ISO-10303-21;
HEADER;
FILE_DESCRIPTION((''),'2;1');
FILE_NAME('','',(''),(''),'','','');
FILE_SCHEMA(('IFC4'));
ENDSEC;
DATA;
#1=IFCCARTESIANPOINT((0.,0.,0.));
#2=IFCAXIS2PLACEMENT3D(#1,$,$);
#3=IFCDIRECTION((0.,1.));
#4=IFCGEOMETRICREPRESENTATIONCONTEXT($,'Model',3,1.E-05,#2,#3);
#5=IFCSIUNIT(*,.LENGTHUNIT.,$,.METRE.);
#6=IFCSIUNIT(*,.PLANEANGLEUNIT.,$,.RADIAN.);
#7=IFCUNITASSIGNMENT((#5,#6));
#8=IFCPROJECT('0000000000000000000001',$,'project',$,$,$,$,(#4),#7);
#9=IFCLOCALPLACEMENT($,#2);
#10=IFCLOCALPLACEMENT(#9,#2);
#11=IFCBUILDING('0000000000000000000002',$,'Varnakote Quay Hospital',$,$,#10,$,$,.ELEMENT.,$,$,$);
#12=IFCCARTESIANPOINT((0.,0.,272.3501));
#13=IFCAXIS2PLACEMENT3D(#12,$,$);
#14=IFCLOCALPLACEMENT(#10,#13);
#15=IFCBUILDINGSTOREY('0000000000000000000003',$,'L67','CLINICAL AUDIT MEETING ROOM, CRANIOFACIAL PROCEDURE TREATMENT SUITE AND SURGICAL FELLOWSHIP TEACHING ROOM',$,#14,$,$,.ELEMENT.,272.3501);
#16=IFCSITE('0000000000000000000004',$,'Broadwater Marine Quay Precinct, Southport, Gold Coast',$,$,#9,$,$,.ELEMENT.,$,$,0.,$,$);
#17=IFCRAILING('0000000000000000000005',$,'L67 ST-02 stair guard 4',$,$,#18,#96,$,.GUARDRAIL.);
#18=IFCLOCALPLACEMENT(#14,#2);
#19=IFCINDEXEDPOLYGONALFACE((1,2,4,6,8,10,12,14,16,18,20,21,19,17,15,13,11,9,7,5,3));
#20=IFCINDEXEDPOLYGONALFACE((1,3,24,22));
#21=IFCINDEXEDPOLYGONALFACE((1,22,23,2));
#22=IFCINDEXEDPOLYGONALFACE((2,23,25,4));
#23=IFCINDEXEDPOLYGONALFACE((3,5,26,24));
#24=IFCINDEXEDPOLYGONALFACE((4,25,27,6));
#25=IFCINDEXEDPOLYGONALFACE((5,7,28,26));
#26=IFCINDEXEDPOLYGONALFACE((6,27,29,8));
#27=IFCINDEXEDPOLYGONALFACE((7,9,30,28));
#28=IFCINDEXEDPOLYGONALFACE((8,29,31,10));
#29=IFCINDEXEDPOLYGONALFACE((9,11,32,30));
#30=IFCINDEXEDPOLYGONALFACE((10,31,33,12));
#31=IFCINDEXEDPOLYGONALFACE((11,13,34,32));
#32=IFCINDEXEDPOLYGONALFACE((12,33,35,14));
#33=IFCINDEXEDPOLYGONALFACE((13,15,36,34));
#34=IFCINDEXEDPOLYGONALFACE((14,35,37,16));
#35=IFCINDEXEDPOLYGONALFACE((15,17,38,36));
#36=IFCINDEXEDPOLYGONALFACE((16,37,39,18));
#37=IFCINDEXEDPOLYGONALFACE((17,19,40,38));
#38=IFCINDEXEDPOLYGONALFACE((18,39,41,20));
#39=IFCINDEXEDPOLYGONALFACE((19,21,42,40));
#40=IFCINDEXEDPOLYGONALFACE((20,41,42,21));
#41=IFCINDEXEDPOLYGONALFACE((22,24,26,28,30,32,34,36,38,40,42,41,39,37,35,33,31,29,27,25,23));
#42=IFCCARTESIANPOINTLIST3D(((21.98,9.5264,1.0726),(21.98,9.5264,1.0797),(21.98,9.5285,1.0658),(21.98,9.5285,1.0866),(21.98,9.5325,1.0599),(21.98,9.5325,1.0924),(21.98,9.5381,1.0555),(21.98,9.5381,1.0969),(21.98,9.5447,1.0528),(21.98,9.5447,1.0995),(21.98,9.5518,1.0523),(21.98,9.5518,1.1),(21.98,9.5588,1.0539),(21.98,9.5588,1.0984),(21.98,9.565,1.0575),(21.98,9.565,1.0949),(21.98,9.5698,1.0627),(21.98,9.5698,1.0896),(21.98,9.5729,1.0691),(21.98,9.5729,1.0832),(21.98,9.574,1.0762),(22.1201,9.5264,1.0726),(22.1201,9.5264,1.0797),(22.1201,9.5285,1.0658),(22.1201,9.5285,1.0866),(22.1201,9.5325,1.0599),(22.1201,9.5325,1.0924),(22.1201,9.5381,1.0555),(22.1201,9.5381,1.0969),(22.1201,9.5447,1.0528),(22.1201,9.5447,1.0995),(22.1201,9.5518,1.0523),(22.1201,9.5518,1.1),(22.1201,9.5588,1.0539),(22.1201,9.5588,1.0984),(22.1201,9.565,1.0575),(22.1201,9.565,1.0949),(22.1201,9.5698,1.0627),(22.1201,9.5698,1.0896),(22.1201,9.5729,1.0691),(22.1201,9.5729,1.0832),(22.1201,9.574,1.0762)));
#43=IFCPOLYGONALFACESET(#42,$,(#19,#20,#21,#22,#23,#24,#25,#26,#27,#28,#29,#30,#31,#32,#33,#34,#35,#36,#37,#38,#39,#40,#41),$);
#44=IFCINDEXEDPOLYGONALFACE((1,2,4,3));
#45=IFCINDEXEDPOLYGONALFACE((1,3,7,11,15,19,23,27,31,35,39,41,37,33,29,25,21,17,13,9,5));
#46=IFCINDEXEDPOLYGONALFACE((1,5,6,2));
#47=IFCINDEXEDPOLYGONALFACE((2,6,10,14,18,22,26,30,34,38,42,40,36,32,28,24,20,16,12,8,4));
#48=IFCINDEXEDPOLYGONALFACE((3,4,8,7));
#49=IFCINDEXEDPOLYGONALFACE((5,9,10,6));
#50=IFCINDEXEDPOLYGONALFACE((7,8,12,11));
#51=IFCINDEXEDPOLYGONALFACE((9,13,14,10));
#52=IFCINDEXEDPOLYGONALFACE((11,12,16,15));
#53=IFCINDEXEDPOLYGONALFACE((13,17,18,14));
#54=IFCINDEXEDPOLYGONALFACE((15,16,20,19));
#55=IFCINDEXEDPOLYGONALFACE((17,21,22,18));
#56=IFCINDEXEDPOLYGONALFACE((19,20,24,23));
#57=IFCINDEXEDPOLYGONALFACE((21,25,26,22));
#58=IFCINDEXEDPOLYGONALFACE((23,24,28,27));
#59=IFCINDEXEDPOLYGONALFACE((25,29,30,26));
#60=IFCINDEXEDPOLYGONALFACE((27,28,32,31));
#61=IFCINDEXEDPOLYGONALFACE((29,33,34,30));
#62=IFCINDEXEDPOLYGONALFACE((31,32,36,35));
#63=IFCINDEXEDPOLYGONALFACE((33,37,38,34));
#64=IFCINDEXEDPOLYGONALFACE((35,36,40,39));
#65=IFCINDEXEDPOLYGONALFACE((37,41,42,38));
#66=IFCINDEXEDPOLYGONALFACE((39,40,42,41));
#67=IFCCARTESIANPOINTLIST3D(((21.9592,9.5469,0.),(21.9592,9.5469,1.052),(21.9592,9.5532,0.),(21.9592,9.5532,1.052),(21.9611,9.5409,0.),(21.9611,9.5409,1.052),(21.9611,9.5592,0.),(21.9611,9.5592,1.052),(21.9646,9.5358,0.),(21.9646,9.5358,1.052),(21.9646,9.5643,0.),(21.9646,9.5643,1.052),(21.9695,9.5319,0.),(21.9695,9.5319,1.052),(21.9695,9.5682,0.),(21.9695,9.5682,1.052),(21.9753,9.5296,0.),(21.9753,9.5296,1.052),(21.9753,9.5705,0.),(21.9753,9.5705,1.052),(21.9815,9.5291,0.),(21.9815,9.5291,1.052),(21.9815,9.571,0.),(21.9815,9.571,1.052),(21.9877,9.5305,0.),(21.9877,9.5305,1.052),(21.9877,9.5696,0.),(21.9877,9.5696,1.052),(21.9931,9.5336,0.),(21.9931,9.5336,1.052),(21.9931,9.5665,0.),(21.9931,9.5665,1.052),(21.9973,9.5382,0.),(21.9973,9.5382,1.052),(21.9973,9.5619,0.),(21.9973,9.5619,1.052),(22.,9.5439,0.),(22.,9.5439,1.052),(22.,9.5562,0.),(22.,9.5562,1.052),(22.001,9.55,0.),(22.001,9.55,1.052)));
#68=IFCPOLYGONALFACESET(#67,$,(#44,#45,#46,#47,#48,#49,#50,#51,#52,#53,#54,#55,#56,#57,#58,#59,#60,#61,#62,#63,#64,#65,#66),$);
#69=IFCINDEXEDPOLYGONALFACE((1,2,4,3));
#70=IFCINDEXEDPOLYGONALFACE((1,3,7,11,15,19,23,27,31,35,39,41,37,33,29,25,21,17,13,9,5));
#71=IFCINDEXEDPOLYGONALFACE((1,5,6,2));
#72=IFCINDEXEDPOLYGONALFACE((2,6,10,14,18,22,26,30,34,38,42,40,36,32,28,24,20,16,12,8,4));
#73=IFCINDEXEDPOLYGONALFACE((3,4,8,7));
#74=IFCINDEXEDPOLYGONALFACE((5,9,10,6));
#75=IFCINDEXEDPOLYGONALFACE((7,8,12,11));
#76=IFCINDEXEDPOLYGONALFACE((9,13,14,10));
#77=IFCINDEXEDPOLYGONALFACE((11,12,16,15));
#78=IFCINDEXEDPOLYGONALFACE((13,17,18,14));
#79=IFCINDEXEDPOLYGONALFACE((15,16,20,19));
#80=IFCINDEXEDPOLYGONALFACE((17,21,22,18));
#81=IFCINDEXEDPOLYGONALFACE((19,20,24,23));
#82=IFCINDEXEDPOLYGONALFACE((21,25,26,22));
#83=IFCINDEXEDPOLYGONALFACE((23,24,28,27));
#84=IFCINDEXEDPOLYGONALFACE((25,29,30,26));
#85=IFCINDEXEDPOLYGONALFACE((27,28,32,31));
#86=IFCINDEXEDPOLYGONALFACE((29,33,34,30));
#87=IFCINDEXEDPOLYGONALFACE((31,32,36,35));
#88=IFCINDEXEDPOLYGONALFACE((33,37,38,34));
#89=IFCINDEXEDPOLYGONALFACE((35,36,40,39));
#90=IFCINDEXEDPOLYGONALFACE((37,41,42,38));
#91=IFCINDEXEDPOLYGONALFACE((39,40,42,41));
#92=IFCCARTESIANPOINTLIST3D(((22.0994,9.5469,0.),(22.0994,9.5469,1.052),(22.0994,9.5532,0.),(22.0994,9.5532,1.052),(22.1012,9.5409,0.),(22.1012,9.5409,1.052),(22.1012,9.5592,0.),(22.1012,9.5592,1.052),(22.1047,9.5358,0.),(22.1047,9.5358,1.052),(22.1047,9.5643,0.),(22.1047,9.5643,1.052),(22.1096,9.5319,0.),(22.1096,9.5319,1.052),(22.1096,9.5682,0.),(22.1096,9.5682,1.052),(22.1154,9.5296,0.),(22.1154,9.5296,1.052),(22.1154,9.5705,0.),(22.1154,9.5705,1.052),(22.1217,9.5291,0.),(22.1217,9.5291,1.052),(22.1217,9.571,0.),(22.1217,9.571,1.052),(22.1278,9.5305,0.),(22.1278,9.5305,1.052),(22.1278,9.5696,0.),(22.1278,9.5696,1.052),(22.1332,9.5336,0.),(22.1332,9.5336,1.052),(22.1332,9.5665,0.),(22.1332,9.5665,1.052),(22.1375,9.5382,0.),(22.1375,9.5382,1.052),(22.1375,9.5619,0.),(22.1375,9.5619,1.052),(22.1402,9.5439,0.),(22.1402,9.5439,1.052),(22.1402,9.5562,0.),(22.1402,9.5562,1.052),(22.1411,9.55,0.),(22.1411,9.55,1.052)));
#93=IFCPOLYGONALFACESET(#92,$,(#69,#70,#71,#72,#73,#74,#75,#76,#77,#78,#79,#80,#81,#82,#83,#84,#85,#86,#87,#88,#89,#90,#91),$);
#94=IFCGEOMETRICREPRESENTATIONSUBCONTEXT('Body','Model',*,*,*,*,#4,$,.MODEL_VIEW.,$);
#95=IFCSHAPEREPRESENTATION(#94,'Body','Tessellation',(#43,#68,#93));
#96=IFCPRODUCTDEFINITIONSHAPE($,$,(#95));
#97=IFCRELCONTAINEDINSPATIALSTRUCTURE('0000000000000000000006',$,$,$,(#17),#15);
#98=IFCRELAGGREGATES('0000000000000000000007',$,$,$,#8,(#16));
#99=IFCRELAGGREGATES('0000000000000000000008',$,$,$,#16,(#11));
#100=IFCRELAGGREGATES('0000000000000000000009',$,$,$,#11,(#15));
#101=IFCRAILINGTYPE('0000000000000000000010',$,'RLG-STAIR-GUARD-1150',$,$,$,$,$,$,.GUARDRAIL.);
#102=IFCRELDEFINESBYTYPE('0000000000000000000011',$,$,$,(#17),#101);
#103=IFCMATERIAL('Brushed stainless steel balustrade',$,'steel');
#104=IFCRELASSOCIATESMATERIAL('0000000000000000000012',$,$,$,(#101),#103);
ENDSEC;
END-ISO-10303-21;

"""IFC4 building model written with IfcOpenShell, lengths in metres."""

from ifc_helpers import new_model, si_unit, direction, frame, origin, origin_2d, place, context, subcontext, project, spatial, circle, extrude, material, type_object, element, save


model = new_model("IFC4")

# Units and contexts
model_context = context("Model", 3, precision=1e-05, world=origin(), true_north=direction((0.0, 1.0)))
body_context = subcontext(model_context, "Body", "Model", "MODEL_VIEW")
ifc_project = project(units=[si_unit("LENGTHUNIT", "METRE"), si_unit("PLANEANGLEUNIT", "RADIAN")], contexts=[model_context])

# Site, building, storey
site_placement = place(None, origin())
site = spatial("IfcSite", under=ifc_project, at=site_placement, Name="Broadwater Marine Quay Precinct, Southport, Gold Coast", CompositionType="ELEMENT", RefElevation=0.0)
building_placement = place(site_placement, origin())
building = spatial("IfcBuilding", under=site, at=building_placement, Name="Varnakote Quay Hospital", CompositionType="ELEMENT")
storey_placement = place(building_placement, frame((0.0, 0.0, 272.3501)))
storey = spatial("IfcBuildingStorey", under=building, at=storey_placement, Name="L67", Description="CLINICAL AUDIT MEETING ROOM, CRANIOFACIAL PROCEDURE TREATMENT SUITE AND SURGICAL FELLOWSHIP TEACHING ROOM", CompositionType="ELEMENT", Elevation=272.3501)

# Railing
ifc_material_1 = material(Name="Brushed stainless steel balustrade", Category="steel")
railing_type_1 = type_object("IfcRailingType", Name="RLG-STAIR-GUARD-1150", PredefinedType="GUARDRAIL", material=ifc_material_1)
railing_1_placement = place(storey_placement, frame((21.98, 9.55, 0.0)))
element("IfcRailing", 1, at=railing_1_placement, inside=storey, type_object=railing_type_1, Name="L67 ST-02 stair guard 4", PredefinedType="GUARDRAIL", context=body_context, shape_type="SweptSolid", body=[
    extrude(circle(Radius=0.0239, at=origin_2d()), frame((0.0, 0.0, 1.0762), z_axis=(1.0, 0.0, 0.0), x_axis=(0.0, 1.0, 0.0)), (0.0, 0.0, 1.0), 0.1401),
    extrude(circle(Radius=0.021, at=origin_2d()), origin(), (0.0, 0.0, 1.0), 1.052),
    extrude(circle(Radius=0.021, at=origin_2d()), frame((0.1401, 0.0, 0.0)), (0.0, 0.0, 1.0), 1.052),
])

save(model, "model.ifc")
